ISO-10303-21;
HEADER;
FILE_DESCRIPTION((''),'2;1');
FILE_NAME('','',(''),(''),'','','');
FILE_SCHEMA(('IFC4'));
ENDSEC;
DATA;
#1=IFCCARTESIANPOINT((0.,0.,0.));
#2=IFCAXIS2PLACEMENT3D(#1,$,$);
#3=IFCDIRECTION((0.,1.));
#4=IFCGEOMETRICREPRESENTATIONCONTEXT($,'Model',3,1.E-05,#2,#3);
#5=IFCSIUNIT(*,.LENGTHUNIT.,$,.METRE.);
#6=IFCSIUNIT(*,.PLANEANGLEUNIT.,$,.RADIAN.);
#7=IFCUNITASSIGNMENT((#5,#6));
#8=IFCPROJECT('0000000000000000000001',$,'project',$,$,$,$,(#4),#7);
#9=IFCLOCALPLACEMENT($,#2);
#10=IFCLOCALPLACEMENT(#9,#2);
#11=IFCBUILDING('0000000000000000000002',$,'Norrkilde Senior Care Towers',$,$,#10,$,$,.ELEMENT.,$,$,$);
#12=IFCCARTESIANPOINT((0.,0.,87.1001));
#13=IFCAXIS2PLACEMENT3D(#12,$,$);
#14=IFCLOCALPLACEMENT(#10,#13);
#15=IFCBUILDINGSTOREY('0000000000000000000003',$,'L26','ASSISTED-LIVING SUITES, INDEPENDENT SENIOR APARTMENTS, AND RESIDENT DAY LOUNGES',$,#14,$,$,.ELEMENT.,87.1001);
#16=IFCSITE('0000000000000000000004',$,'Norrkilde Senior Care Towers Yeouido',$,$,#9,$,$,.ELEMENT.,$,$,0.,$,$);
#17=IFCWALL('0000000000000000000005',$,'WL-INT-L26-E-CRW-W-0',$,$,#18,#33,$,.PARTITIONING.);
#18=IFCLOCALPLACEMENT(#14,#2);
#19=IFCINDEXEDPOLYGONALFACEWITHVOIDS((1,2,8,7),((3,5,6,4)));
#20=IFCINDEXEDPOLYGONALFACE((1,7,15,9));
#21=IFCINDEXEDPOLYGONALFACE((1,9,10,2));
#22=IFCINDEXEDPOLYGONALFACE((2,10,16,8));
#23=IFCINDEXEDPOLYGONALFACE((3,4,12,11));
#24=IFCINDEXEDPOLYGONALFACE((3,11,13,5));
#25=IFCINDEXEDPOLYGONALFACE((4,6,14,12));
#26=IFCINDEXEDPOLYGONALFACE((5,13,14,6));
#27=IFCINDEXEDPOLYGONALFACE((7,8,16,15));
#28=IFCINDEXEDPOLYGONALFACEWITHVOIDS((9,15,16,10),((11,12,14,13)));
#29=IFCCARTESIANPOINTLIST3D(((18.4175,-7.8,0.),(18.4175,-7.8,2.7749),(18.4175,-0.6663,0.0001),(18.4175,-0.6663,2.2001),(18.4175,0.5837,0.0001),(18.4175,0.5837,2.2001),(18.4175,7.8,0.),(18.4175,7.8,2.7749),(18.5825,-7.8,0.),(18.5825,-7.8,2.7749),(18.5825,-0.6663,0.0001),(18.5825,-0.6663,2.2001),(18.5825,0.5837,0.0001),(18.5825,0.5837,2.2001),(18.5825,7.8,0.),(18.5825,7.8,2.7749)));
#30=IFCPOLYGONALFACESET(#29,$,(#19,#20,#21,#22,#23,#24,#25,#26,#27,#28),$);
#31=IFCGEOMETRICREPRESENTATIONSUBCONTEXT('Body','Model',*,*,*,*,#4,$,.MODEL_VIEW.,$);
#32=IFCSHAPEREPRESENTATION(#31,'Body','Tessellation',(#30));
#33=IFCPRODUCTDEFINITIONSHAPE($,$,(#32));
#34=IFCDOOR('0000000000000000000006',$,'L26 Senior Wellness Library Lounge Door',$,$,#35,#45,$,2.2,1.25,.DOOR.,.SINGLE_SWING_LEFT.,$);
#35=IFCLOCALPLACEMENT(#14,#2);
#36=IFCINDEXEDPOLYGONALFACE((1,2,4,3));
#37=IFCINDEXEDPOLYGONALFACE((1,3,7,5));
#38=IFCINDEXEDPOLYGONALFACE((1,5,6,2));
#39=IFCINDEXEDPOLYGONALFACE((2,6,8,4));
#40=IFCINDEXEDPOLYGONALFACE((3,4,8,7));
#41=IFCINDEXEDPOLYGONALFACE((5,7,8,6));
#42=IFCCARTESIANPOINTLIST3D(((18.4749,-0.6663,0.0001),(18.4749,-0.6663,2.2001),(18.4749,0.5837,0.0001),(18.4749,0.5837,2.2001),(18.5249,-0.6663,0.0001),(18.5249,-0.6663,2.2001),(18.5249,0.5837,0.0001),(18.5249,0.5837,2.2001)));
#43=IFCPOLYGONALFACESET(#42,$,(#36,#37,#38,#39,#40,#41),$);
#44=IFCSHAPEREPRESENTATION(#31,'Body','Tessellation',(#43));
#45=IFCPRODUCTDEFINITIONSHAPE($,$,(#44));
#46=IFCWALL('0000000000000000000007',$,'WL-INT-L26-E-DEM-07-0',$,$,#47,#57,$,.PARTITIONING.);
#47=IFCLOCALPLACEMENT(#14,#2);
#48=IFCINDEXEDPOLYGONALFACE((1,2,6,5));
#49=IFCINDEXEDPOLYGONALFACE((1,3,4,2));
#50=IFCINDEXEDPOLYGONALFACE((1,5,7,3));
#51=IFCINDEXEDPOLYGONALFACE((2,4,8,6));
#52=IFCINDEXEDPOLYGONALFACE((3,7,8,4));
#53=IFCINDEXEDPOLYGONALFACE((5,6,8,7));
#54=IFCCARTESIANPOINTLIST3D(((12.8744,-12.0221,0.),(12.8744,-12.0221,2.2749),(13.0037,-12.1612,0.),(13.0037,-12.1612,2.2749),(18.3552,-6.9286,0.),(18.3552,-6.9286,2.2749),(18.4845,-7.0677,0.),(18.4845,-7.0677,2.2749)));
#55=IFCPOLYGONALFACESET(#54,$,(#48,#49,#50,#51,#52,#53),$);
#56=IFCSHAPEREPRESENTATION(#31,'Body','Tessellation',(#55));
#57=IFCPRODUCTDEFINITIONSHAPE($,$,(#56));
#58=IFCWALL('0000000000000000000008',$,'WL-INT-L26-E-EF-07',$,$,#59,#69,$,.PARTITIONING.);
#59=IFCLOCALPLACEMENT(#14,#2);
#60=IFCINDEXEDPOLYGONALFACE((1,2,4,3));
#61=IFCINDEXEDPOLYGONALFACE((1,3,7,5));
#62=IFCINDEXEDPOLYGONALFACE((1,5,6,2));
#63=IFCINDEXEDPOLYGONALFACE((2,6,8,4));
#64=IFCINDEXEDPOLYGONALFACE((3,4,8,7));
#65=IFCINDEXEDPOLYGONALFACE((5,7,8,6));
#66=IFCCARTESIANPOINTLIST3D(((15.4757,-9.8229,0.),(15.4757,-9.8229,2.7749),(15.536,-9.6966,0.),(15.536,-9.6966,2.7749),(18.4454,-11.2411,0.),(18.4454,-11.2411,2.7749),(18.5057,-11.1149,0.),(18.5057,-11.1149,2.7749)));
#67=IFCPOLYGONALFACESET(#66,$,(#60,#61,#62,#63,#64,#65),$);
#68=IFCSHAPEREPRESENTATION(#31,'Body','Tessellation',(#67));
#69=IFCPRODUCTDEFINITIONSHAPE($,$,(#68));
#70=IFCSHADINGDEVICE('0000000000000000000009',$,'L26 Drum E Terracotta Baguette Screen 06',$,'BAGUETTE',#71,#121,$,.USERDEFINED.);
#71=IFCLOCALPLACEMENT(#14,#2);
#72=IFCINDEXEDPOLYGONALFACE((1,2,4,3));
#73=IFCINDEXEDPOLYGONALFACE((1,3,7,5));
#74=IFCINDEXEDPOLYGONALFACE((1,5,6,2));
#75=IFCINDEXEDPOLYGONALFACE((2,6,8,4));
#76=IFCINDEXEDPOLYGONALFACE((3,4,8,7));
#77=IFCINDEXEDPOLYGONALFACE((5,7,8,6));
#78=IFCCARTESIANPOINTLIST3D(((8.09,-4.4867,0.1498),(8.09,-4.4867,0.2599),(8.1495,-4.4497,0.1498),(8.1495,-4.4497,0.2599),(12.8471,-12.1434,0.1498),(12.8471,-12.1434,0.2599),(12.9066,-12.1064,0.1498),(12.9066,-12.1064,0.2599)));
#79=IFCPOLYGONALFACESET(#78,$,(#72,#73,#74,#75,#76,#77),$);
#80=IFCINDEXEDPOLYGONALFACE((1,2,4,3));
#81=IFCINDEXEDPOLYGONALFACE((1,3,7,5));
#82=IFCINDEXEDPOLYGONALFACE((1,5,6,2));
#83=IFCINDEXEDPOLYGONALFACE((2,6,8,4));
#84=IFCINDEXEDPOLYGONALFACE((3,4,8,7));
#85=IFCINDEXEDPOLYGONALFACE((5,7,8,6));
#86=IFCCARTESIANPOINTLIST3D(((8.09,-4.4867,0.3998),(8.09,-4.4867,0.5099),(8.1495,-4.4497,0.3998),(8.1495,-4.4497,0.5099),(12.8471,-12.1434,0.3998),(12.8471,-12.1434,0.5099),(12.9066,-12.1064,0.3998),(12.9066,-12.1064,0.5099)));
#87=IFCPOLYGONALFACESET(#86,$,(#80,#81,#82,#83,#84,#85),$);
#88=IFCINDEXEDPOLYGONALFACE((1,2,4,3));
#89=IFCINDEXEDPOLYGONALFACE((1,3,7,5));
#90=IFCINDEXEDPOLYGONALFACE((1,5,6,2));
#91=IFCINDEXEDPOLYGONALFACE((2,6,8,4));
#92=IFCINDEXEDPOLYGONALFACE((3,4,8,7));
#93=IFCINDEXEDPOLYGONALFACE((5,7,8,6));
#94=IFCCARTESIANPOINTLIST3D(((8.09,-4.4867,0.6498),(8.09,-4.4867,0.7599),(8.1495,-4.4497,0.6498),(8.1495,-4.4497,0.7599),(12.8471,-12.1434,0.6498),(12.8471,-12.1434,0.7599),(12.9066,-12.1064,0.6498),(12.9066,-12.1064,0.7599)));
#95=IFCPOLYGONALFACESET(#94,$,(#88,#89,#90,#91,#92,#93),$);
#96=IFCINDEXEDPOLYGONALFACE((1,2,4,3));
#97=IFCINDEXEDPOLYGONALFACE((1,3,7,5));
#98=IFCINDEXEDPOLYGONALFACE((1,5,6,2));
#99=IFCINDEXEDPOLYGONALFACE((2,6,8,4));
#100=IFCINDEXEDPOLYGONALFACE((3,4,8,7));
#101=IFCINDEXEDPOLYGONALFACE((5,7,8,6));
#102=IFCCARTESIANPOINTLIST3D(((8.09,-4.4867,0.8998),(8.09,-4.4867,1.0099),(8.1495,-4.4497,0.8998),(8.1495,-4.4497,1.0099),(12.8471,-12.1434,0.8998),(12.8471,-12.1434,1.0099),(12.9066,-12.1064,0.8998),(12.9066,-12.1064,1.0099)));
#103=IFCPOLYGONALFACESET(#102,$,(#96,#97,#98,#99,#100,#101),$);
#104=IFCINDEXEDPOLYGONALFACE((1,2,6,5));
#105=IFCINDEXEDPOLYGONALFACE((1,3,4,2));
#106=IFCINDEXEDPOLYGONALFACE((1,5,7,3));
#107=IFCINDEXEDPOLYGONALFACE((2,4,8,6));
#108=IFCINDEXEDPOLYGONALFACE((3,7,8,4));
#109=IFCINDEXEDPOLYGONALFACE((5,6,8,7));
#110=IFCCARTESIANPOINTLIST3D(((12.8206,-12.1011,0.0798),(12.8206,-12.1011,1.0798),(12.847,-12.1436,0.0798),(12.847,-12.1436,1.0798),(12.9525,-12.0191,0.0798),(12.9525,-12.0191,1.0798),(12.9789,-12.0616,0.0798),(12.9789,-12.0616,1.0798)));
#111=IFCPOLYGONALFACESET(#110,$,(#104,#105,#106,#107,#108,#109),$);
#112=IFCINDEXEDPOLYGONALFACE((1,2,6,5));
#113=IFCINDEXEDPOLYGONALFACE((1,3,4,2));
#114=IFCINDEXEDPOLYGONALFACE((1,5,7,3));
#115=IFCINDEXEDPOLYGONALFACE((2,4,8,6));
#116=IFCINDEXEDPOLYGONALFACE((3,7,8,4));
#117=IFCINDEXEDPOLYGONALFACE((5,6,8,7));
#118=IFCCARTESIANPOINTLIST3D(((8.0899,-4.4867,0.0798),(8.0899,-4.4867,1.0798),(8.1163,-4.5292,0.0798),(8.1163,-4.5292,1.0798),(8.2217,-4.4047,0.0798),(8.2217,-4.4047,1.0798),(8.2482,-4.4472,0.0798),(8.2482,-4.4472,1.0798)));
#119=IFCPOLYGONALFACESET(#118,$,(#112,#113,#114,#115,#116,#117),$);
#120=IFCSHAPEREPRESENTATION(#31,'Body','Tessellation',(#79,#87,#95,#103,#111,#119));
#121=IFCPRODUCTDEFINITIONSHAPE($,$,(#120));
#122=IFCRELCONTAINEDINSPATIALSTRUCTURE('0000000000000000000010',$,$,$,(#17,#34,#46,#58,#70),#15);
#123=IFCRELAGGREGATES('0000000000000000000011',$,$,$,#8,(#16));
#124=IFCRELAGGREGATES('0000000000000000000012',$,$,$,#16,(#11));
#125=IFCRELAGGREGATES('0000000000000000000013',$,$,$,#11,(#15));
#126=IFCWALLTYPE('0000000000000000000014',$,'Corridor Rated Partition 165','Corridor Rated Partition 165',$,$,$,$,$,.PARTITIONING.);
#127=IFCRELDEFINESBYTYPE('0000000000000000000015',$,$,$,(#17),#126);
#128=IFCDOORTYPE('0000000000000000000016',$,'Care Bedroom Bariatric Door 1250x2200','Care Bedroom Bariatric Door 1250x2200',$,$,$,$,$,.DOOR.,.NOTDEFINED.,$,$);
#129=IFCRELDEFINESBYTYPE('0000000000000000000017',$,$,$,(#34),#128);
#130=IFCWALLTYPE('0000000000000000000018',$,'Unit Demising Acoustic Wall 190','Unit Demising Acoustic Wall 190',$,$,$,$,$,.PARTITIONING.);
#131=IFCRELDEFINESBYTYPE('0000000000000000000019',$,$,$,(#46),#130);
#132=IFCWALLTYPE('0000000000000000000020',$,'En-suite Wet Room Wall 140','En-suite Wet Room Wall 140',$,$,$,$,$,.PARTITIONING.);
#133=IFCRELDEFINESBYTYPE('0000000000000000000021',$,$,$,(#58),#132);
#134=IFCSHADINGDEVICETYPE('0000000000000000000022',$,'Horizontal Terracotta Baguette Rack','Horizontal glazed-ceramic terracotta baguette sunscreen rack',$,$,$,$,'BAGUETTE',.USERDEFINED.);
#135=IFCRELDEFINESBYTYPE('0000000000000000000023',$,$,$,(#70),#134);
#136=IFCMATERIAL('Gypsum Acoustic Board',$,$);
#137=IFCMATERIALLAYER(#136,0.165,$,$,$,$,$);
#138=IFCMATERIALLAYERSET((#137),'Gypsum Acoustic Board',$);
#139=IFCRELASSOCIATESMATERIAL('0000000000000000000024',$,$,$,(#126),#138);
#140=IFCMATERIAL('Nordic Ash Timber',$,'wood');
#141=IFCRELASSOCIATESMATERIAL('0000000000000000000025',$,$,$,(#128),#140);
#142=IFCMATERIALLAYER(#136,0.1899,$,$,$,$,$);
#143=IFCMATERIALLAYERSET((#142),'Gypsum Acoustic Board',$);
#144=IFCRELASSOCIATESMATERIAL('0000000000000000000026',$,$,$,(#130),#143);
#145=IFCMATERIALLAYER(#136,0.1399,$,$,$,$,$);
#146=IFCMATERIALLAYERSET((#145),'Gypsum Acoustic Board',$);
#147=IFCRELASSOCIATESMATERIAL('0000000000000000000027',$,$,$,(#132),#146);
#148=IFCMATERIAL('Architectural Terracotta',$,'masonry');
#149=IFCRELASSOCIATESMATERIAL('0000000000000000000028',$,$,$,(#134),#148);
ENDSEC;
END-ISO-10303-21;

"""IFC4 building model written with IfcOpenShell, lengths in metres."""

from ifc_helpers import new_model, si_unit, direction, frame, frame_2d, origin, origin_2d, place, context, subcontext, project, spatial, rectangle, extrude, source, transform, mapped, material, layer, layer_set, type_object, type_shapes, element, fill, save


model = new_model("IFC4")

# Units and contexts
model_context = context("Model", 3, precision=1e-05, world=origin(), true_north=direction((0.0, 1.0)))
body_context = subcontext(model_context, "Body", "Model", "MODEL_VIEW")
ifc_project = project(units=[si_unit("LENGTHUNIT", "METRE"), si_unit("PLANEANGLEUNIT", "RADIAN")], contexts=[model_context])

# Site, building, storey
site_placement = place(None, origin())
site = spatial("IfcSite", under=ifc_project, at=site_placement, Name="Norrkilde Senior Care Towers Yeouido", CompositionType="ELEMENT", RefElevation=0.0)
building_placement = place(site_placement, origin())
building = spatial("IfcBuilding", under=site, at=building_placement, Name="Norrkilde Senior Care Towers", CompositionType="ELEMENT")
storey_placement = place(building_placement, frame((0.0, 0.0, 87.1001)))
storey = spatial("IfcBuildingStorey", under=building, at=storey_placement, Name="L26", Description="ASSISTED-LIVING SUITES, INDEPENDENT SENIOR APARTMENTS, AND RESIDENT DAY LOUNGES", CompositionType="ELEMENT", Elevation=87.1001)

# Wall, opening, door
ifc_material_1 = material(Name="Gypsum Acoustic Board")
ifc_layer_1 = layer(ifc_material_1, 0.165)
ifc_layer_set_1 = layer_set([ifc_layer_1], Name="Gypsum Acoustic Board")
wall_type_1 = type_object("IfcWallType", Name="Corridor Rated Partition 165", Description="Corridor Rated Partition 165", PredefinedType="PARTITIONING", material=ifc_layer_set_1)
shared_shape_1 = source(origin(), body_context, "Body", "SweptSolid", [
    extrude(rectangle(XDim=15.6001, YDim=0.165, at=frame_2d((7.8, 0.0))), origin(), (0.0, 0.0, 1.0), 2.7749),
])
type_shapes(wall_type_1, [shared_shape_1])
wall_1_placement = place(storey_placement, frame((18.5, -7.8, 0.0), z_axis=(0.0, 0.0, 1.0), x_axis=(0.0, 1.0, 0.0)))
wall_1 = element("IfcWall", 1, at=wall_1_placement, inside=storey, type_object=wall_type_1, Name="WL-INT-L26-E-CRW-W-0", PredefinedType="PARTITIONING", context=body_context, shape_type="MappedRepresentation", body=[
    mapped(shared_shape_1, transform((0.0, 0.0, 0.0), x_axis=(1.0, 0.0, 0.0), y_axis=(0.0, 1.0, 0.0), z_axis=(0.0, 0.0, 1.0), scale=1.0)),
])
opening_1_placement = place(wall_1_placement, frame((7.1338, 0.0, 0.0)))
opening_1 = element("IfcOpeningElement", 2, at=opening_1_placement, cuts=wall_1, PredefinedType="OPENING", context=body_context, shape_type="SweptSolid", body=[
    extrude(rectangle(XDim=1.25, YDim=2.2, at=frame_2d((0.625, 1.1001))), frame((0.0, 0.0925, 0.0), z_axis=(0.0, -1.0, 0.0), x_axis=(1.0, 0.0, 0.0)), (0.0, 0.0, 1.0), 0.1851),
])
ifc_material_2 = material(Name="Nordic Ash Timber", Category="wood")
door_type_1 = type_object("IfcDoorType", Name="Care Bedroom Bariatric Door 1250x2200", Description="Care Bedroom Bariatric Door 1250x2200", OperationType="NOTDEFINED", PredefinedType="DOOR", material=ifc_material_2)
shared_shape_2 = source(origin(), body_context, "Body", "SweptSolid", [
    extrude(rectangle(XDim=1.25, YDim=2.2, at=frame_2d((0.625, 1.1001))), frame((0.0, 0.0249, 0.0), z_axis=(0.0, -1.0, 0.0), x_axis=(1.0, 0.0, 0.0)), (0.0, 0.0, 1.0), 0.05),
])
type_shapes(door_type_1, [shared_shape_2])
door_1_placement = place(opening_1_placement, frame((1.25, 0.0, 0.0), z_axis=(0.0, 0.0, 1.0), x_axis=(-1.0, 0.0, 0.0)))
door_1 = element("IfcDoor", 3, at=door_1_placement, inside=storey, type_object=door_type_1, Name="L26 Senior Wellness Library Lounge Door", OperationType="SINGLE_SWING_LEFT", OverallHeight=2.2, OverallWidth=1.25, PredefinedType="DOOR", context=body_context, shape_type="MappedRepresentation", body=[
    mapped(shared_shape_2, transform((0.0, 0.0, 0.0), x_axis=(1.0, 0.0, 0.0), y_axis=(0.0, 1.0, 0.0), z_axis=(0.0, 0.0, 1.0), scale=1.0)),
])
fill(opening_1, door_1)

# Walls
ifc_layer_2 = layer(ifc_material_1, 0.1899)
ifc_layer_set_2 = layer_set([ifc_layer_2], Name="Gypsum Acoustic Board")
wall_type_2 = type_object("IfcWallType", Name="Unit Demising Acoustic Wall 190", Description="Unit Demising Acoustic Wall 190", PredefinedType="PARTITIONING", material=ifc_layer_set_2)
shared_shape_3 = source(origin(), body_context, "Body", "SweptSolid", [
    extrude(rectangle(XDim=7.4822, YDim=0.1899, at=frame_2d((3.7412, 0.0))), origin(), (0.0, 0.0, 1.0), 2.2749),
])
type_shapes(wall_type_2, [shared_shape_3])
wall_2_placement = place(storey_placement, frame((18.4199, -6.998, 0.0), z_axis=(0.0, 0.0, 1.0), x_axis=(-0.732509, -0.680758, 0.0)))
element("IfcWall", 4, at=wall_2_placement, inside=storey, type_object=wall_type_2, Name="WL-INT-L26-E-DEM-07-0", PredefinedType="PARTITIONING", context=body_context, shape_type="MappedRepresentation", body=[
    mapped(shared_shape_3, transform((0.0, 0.0, 0.0), x_axis=(1.0, 0.0, 0.0), y_axis=(0.0, 1.0, 0.0), z_axis=(0.0, 0.0, 1.0), scale=1.0)),
])
ifc_layer_3 = layer(ifc_material_1, 0.1399)
ifc_layer_set_3 = layer_set([ifc_layer_3], Name="Gypsum Acoustic Board")
wall_type_3 = type_object("IfcWallType", Name="En-suite Wet Room Wall 140", Description="En-suite Wet Room Wall 140", PredefinedType="PARTITIONING", material=ifc_layer_set_3)
shared_shape_4 = source(origin(), body_context, "Body", "SweptSolid", [
    extrude(rectangle(XDim=3.291, YDim=0.1399, at=frame_2d((1.6455, 0.0))), origin(), (0.0, 0.0, 1.0), 2.7749),
])
type_shapes(wall_type_3, [shared_shape_4])
wall_3_placement = place(storey_placement, frame((18.4756, -11.178, 0.0), z_axis=(0.0, 0.0, 1.0), x_axis=(-0.902381, 0.430938, 0.0)))
element("IfcWall", 5, at=wall_3_placement, inside=storey, type_object=wall_type_3, Name="WL-INT-L26-E-EF-07", PredefinedType="PARTITIONING", context=body_context, shape_type="MappedRepresentation", body=[
    mapped(shared_shape_4, transform((0.0, 0.0, 0.0), x_axis=(1.0, 0.0, 0.0), y_axis=(0.0, 1.0, 0.0), z_axis=(0.0, 0.0, 1.0), scale=1.0)),
])

# Shading device
ifc_material_3 = material(Name="Architectural Terracotta", Category="masonry")
shading_device_type = type_object("IfcShadingDeviceType", Name="Horizontal Terracotta Baguette Rack", Description="Horizontal glazed-ceramic terracotta baguette sunscreen rack", ElementType="BAGUETTE", PredefinedType="USERDEFINED", material=ifc_material_3)
shared_shape_5 = source(origin(), body_context, "Body", "SweptSolid", [
    extrude(rectangle(XDim=0.0701, YDim=0.1101, at=origin_2d()), frame((0.0, 0.0901, 0.125), z_axis=(1.0, 0.0, 0.0), x_axis=(0.0, 1.0, 0.0)), (0.0, 0.0, 1.0), 9.0142),
    extrude(rectangle(XDim=0.0701, YDim=0.1101, at=origin_2d()), frame((0.0, 0.0901, 0.375), z_axis=(1.0, 0.0, 0.0), x_axis=(0.0, 1.0, 0.0)), (0.0, 0.0, 1.0), 9.0142),
    extrude(rectangle(XDim=0.0701, YDim=0.1101, at=origin_2d()), frame((0.0, 0.0901, 0.625), z_axis=(1.0, 0.0, 0.0), x_axis=(0.0, 1.0, 0.0)), (0.0, 0.0, 1.0), 9.0142),
    extrude(rectangle(XDim=0.0701, YDim=0.1101, at=origin_2d()), frame((0.0, 0.0901, 0.875), z_axis=(1.0, 0.0, 0.0), x_axis=(0.0, 1.0, 0.0)), (0.0, 0.0, 1.0), 9.0142),
    extrude(rectangle(XDim=0.05, YDim=0.1553, at=origin_2d()), frame((0.0249, 0.0476, 0.0)), (0.0, 0.0, 1.0), 1.0),
    extrude(rectangle(XDim=0.05, YDim=0.1553, at=origin_2d()), frame((8.9893, 0.0476, 0.0)), (0.0, 0.0, 1.0), 1.0),
])
type_shapes(shading_device_type, [shared_shape_5])
shading_device_placement = place(storey_placement, frame((12.9534, -12.0774, 0.0798), z_axis=(0.0, 0.0, 1.0), x_axis=(-0.527734, 0.849412, 0.0)))
element("IfcShadingDevice", 6, at=shading_device_placement, inside=storey, type_object=shading_device_type, Name="L26 Drum E Terracotta Baguette Screen 06", ObjectType="BAGUETTE", PredefinedType="USERDEFINED", context=body_context, shape_type="MappedRepresentation", body=[
    mapped(shared_shape_5, transform((0.0, 0.0, 0.0), x_axis=(1.0, 0.0, 0.0), y_axis=(0.0, 1.0, 0.0), z_axis=(0.0, 0.0, 1.0), scale=1.0)),
])

save(model, "model.ifc")
